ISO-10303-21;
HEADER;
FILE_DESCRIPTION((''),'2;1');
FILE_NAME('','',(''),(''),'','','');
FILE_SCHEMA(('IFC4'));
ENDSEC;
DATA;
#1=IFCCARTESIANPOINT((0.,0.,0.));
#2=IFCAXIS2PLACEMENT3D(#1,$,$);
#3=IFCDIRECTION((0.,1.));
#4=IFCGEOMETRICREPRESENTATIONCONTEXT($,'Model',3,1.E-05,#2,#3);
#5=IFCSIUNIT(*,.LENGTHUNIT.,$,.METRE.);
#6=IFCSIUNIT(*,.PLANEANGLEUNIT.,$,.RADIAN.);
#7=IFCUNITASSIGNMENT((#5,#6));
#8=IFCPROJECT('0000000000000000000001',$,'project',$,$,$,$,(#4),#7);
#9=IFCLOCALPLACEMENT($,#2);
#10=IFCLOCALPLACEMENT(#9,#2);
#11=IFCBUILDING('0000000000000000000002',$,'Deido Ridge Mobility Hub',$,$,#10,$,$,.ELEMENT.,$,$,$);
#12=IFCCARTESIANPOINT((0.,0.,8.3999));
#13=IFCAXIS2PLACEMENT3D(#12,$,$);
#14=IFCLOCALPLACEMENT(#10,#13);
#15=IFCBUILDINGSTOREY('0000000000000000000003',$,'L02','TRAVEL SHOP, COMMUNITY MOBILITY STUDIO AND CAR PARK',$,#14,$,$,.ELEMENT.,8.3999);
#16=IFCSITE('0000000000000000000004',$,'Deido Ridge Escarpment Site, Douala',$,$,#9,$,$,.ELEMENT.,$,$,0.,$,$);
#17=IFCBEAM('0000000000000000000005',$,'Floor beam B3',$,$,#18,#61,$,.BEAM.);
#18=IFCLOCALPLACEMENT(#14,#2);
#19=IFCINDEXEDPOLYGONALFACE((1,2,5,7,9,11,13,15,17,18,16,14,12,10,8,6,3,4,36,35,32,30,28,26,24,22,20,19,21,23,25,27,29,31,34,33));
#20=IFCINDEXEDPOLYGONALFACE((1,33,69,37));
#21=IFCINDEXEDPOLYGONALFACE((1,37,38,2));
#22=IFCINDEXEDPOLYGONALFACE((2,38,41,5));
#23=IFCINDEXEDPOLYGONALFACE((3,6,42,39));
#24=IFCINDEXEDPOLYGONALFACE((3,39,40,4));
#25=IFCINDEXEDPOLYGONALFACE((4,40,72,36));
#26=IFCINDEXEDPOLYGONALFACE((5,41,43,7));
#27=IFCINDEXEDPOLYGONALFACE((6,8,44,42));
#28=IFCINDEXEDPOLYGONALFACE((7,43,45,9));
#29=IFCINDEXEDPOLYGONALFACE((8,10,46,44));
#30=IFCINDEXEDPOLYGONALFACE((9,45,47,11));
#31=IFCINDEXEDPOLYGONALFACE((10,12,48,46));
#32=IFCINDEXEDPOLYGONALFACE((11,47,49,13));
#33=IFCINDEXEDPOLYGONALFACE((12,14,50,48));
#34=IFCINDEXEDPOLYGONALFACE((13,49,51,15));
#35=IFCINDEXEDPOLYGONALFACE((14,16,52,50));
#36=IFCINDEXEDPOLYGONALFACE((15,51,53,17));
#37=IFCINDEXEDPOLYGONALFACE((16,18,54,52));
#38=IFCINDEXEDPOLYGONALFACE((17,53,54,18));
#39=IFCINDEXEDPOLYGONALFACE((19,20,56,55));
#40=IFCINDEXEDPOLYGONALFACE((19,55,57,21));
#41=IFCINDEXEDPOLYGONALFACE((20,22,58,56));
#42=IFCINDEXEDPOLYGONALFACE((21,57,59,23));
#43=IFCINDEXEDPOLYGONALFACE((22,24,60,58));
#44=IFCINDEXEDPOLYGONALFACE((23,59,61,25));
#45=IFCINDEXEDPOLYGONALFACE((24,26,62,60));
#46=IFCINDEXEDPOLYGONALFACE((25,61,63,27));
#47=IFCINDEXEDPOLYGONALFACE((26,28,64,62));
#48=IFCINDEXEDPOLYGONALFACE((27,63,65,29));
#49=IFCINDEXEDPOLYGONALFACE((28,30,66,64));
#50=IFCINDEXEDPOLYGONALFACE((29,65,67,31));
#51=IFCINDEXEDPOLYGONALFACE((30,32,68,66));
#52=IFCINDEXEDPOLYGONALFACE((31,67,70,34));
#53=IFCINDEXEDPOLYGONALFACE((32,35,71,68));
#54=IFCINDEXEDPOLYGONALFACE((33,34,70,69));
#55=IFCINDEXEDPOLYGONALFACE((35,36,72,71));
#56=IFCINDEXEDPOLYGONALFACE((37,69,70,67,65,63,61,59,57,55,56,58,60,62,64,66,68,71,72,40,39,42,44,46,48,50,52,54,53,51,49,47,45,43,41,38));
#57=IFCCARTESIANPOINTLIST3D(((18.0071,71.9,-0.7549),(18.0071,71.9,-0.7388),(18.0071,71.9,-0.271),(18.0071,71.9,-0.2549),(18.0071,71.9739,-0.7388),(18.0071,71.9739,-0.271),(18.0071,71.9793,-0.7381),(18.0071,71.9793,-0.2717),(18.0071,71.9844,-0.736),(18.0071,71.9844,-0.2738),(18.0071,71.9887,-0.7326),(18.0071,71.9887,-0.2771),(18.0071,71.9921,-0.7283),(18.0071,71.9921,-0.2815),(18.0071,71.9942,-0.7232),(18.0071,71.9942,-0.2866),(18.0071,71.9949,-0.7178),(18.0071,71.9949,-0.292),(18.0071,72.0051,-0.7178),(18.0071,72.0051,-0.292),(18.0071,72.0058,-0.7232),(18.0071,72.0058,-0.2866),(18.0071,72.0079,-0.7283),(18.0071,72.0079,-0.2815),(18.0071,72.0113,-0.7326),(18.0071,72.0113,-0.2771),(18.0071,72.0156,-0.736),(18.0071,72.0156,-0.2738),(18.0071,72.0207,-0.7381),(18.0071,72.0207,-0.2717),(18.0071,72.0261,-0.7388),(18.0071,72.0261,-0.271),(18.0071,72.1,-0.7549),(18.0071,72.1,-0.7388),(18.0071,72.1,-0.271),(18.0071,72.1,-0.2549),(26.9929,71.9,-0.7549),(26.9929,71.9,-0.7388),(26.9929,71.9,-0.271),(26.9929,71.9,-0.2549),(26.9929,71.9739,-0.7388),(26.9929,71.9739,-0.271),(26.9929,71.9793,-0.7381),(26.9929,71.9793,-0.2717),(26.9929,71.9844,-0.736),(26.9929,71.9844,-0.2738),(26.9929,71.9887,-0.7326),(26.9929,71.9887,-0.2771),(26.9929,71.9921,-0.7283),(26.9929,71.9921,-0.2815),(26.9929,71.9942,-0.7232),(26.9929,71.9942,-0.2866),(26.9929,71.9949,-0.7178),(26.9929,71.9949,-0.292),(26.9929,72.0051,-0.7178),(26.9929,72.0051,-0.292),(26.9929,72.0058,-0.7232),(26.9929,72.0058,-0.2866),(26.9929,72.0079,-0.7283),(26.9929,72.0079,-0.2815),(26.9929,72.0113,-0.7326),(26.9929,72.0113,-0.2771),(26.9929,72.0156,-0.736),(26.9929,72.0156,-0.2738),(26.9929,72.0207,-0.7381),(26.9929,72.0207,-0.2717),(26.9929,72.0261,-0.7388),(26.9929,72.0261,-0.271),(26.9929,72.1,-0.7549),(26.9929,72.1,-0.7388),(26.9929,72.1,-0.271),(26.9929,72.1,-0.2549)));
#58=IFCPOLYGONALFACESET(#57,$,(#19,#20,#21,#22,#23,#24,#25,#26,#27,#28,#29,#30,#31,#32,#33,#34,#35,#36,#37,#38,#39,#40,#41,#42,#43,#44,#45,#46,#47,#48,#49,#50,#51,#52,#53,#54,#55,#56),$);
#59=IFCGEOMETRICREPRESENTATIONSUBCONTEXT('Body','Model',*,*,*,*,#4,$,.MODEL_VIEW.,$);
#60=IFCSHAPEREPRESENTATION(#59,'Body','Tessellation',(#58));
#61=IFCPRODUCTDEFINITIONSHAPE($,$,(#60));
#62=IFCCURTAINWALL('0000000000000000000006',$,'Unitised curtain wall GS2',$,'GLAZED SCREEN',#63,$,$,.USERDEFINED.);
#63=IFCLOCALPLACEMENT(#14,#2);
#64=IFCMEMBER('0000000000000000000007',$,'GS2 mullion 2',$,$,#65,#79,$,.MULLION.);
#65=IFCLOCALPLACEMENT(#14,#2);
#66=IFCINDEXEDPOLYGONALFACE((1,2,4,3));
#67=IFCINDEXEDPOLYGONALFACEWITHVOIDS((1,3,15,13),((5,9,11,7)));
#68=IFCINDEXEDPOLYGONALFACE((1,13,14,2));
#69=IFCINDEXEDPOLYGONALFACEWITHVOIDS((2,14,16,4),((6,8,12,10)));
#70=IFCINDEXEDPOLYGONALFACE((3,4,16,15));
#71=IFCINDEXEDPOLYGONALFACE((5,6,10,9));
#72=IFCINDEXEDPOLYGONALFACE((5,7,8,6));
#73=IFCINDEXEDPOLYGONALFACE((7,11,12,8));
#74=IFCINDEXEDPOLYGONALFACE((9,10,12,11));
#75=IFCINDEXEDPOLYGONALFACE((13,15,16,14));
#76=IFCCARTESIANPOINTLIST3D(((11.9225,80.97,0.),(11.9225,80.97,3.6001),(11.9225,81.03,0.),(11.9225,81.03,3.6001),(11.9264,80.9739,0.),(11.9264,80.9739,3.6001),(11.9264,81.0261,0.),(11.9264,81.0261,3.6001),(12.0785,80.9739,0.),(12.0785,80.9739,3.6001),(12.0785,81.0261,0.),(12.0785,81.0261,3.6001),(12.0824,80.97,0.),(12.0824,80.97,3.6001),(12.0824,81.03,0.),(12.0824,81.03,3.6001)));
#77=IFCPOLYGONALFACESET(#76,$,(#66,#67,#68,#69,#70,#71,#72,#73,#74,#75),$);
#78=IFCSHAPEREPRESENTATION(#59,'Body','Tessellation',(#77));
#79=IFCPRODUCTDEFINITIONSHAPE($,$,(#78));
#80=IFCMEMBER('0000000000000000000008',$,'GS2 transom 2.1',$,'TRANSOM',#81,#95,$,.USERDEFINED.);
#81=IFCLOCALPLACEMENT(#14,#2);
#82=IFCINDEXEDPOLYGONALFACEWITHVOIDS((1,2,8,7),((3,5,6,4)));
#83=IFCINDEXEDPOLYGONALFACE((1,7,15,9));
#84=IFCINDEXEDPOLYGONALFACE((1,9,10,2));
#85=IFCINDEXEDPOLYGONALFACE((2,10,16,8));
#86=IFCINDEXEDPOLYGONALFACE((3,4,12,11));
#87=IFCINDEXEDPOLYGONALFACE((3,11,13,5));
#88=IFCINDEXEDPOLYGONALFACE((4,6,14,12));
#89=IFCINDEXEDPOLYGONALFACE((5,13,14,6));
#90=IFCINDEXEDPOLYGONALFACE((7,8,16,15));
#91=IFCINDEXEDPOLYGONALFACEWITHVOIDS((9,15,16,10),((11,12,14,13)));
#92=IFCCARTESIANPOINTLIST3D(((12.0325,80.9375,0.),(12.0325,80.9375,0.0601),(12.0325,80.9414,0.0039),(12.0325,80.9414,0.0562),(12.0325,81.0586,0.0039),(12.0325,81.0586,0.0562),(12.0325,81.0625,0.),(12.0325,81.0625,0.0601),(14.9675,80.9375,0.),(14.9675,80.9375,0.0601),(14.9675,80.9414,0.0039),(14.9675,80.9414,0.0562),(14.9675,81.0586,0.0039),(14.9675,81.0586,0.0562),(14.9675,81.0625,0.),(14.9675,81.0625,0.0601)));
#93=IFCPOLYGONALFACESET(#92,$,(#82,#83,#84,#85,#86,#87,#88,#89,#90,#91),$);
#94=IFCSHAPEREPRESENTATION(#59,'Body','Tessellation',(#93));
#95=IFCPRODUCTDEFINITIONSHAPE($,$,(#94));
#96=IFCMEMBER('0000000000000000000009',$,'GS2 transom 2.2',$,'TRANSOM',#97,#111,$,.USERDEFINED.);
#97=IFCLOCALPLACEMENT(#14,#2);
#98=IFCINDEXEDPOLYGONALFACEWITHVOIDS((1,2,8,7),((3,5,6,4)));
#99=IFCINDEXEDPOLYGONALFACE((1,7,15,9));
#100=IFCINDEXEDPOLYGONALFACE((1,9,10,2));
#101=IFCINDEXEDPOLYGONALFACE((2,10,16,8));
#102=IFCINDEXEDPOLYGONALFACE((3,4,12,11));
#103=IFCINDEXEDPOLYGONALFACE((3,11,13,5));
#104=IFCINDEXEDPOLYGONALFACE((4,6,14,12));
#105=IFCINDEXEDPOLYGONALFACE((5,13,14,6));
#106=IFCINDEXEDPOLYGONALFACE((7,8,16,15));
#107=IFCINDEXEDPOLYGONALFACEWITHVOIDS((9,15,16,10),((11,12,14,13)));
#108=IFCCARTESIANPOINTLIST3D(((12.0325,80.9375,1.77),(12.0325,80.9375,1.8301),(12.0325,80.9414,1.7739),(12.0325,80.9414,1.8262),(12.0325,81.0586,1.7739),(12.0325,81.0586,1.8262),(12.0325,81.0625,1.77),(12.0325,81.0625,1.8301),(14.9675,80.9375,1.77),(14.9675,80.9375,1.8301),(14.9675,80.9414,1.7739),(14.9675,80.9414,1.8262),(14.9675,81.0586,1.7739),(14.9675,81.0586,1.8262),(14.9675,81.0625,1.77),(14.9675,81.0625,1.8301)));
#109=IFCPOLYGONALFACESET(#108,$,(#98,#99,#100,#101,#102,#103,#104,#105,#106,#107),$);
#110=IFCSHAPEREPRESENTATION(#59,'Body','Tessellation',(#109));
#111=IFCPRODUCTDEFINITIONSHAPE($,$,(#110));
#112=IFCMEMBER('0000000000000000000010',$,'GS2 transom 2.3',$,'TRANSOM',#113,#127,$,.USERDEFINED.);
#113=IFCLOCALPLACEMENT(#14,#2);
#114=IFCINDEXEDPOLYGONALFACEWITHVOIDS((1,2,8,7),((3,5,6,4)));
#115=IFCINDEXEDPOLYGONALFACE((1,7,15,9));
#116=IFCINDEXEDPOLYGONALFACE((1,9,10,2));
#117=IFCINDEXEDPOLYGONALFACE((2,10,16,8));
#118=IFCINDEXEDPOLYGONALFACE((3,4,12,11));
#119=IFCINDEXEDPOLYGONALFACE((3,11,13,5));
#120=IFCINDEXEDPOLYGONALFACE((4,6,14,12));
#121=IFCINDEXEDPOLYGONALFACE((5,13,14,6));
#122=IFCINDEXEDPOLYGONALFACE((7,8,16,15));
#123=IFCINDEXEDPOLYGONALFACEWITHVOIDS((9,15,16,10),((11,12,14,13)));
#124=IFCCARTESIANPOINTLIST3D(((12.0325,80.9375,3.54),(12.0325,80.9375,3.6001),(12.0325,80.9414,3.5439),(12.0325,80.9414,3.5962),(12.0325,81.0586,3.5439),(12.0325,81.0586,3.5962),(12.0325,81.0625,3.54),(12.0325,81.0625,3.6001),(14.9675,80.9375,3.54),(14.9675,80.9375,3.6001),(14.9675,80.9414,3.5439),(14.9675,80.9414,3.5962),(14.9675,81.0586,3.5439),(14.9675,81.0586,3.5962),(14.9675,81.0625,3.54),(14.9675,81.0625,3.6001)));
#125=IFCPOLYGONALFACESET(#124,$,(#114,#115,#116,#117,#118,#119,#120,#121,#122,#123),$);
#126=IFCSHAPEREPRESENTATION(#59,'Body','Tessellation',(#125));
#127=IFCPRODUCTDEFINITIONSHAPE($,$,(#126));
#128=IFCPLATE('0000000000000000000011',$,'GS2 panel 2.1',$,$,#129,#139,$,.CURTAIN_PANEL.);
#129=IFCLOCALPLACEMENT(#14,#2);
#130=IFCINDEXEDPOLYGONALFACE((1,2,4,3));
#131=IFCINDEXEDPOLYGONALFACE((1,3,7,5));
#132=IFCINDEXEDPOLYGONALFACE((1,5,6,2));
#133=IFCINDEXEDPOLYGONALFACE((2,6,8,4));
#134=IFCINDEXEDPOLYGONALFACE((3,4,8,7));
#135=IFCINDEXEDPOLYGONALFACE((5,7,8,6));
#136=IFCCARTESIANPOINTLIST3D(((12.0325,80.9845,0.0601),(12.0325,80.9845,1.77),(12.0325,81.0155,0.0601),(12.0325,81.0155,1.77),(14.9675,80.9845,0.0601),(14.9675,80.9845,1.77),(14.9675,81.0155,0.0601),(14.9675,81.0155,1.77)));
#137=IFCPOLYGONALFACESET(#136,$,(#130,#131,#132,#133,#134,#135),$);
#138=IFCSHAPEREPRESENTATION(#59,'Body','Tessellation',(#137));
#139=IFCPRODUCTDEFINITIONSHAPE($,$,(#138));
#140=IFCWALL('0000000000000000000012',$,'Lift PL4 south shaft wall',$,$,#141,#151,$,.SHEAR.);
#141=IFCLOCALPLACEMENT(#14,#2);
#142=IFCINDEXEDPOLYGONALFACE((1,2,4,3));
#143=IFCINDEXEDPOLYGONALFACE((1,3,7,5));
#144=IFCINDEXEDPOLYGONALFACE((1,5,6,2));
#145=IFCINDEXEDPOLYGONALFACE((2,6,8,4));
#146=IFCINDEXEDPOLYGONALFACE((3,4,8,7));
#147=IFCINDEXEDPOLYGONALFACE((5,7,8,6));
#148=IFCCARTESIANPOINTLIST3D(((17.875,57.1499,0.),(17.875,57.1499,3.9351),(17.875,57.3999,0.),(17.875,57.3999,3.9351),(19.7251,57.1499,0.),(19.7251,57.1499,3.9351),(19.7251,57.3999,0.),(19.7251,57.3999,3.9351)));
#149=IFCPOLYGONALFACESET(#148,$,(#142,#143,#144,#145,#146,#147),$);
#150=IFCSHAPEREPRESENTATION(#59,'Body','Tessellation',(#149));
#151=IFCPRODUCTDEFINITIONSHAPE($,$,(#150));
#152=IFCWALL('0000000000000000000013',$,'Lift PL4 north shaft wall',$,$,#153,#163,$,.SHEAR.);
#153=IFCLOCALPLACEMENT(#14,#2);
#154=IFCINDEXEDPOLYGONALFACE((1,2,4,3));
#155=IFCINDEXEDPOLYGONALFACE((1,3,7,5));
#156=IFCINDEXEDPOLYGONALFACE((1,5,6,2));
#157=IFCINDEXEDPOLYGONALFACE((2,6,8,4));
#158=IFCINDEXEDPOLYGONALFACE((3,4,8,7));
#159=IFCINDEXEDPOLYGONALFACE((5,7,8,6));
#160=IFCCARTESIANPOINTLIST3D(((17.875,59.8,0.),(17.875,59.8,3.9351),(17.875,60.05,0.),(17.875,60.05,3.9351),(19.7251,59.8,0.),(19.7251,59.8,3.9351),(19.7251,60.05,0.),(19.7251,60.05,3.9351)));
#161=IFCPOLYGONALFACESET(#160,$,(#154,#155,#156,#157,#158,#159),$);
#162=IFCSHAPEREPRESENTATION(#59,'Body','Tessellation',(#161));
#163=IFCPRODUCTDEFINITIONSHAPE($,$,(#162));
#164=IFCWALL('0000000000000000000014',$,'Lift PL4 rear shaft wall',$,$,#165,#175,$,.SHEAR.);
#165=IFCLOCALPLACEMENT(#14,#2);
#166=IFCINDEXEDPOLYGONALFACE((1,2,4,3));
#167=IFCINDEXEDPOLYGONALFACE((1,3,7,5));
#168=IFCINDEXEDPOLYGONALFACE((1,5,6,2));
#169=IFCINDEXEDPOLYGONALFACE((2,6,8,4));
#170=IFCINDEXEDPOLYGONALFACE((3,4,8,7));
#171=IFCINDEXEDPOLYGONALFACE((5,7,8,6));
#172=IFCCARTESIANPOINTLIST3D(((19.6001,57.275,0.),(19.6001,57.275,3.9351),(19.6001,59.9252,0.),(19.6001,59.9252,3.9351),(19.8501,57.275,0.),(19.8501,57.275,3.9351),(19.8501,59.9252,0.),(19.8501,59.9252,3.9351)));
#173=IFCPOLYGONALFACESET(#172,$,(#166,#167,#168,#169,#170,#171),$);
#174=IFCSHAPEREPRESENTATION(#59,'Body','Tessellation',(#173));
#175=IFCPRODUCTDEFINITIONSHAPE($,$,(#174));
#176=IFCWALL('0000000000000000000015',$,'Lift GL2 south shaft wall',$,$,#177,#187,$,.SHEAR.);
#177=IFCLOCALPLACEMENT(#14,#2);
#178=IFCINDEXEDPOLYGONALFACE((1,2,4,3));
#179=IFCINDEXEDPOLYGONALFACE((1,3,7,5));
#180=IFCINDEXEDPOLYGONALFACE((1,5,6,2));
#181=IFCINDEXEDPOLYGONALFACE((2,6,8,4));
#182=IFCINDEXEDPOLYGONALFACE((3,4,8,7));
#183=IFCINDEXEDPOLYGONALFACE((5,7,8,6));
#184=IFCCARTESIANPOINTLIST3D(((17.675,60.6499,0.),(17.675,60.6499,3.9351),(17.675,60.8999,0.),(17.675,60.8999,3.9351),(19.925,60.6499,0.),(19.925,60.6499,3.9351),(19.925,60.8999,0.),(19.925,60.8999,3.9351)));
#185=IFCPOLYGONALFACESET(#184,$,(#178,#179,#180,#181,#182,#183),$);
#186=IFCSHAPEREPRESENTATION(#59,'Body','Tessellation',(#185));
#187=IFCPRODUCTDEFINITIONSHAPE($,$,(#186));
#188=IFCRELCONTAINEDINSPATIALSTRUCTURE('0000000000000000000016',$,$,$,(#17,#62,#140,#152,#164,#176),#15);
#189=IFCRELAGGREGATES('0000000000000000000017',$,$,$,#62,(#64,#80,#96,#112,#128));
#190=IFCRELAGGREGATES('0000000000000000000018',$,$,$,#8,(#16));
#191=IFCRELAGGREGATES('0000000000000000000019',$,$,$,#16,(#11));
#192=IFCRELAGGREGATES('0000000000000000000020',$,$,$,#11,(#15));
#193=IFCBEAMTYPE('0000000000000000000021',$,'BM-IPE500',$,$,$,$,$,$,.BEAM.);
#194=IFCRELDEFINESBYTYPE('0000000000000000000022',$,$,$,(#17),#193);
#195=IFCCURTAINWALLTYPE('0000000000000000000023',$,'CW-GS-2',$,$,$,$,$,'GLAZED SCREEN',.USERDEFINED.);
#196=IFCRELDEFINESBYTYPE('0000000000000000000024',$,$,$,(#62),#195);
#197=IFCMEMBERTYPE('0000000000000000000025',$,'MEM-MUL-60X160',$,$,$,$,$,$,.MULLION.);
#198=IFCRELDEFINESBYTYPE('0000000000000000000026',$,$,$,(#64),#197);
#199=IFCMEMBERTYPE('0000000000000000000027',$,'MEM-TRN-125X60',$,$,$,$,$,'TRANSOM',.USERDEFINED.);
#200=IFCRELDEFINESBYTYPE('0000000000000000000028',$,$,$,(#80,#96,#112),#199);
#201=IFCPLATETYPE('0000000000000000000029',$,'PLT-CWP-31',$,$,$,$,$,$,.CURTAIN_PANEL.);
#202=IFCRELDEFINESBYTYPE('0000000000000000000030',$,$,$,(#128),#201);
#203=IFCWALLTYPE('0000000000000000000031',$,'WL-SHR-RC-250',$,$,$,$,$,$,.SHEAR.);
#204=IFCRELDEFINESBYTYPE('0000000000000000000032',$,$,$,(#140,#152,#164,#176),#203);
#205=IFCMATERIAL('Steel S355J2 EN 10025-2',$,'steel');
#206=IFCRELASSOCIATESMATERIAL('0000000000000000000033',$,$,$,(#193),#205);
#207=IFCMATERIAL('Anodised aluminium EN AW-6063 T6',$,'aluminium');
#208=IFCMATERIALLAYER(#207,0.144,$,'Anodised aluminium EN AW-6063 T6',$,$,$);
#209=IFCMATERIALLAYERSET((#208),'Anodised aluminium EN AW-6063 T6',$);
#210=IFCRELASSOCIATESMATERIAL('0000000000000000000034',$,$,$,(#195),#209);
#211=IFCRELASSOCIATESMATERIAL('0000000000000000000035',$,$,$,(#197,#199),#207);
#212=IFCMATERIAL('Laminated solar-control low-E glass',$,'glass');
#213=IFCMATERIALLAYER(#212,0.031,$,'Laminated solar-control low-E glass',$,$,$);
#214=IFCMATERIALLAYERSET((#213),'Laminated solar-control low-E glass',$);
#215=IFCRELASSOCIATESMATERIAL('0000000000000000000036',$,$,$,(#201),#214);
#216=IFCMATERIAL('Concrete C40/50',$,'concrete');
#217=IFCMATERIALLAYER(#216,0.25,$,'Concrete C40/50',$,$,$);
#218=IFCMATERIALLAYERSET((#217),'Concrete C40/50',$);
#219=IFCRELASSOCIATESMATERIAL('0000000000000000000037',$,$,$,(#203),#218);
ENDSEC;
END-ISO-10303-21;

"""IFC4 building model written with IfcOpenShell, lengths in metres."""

from ifc_helpers import new_model, si_unit, direction, frame, frame_2d, origin, origin_2d, place, context, subcontext, project, spatial, rectangle, hollow_rectangle, i_section, extrude, material, layer, layer_set, material_profile, profile_set, type_object, element, aggregate, save


model = new_model("IFC4")

# Units and contexts
model_context = context("Model", 3, precision=1e-05, world=origin(), true_north=direction((0.0, 1.0)))
body_context = subcontext(model_context, "Body", "Model", "MODEL_VIEW")
ifc_project = project(units=[si_unit("LENGTHUNIT", "METRE"), si_unit("PLANEANGLEUNIT", "RADIAN")], contexts=[model_context])

# Site, building, storey
site_placement = place(None, origin())
site = spatial("IfcSite", under=ifc_project, at=site_placement, Name="Deido Ridge Escarpment Site, Douala", CompositionType="ELEMENT", RefElevation=0.0)
building_placement = place(site_placement, origin())
building = spatial("IfcBuilding", under=site, at=building_placement, Name="Deido Ridge Mobility Hub", CompositionType="ELEMENT")
storey_placement = place(building_placement, frame((0.0, 0.0, 8.3999)))
storey = spatial("IfcBuildingStorey", under=building, at=storey_placement, Name="L02", Description="TRAVEL SHOP, COMMUNITY MOBILITY STUDIO AND CAR PARK", CompositionType="ELEMENT", Elevation=8.3999)

# Shared definitions
ifc_material_1 = material(Name="Steel S355J2 EN 10025-2", Category="steel")

# Beam
ifc_material_profile_1 = material_profile(ifc_material_1, i_section(OverallWidth=0.2, OverallDepth=0.5, WebThickness=0.0103, FlangeThickness=0.0161, FilletRadius=0.021, at=origin_2d()), Name="IPE 500")
ifc_profile_set_1 = profile_set([ifc_material_profile_1], Name="Steel S355J2 EN 10025-2")
beam_type_1 = type_object("IfcBeamType", Name="BM-IPE500", PredefinedType="BEAM", material=ifc_profile_set_1)
beam_1_placement = place(storey_placement, frame((18.0071, 72.0, -0.5049), z_axis=(1.0, 0.0, 0.0), x_axis=(0.0, 1.0, 0.0)))
element("IfcBeam", 1, at=beam_1_placement, inside=storey, type_object=beam_type_1, Name="Floor beam B3", PredefinedType="BEAM", context=body_context, shape_type="SweptSolid", body=[
    extrude(i_section(OverallWidth=0.2, OverallDepth=0.5, WebThickness=0.0103, FlangeThickness=0.0161, FilletRadius=0.021, at=origin_2d()), origin(), (0.0, 0.0, 1.0), 8.9858),
])

# Curtain wall, members, plate
ifc_material_2 = material(Name="Anodised aluminium EN AW-6063 T6", Category="aluminium")
ifc_layer_1 = layer(ifc_material_2, 0.144, Name="Anodised aluminium EN AW-6063 T6")
ifc_layer_set_1 = layer_set([ifc_layer_1], Name="Anodised aluminium EN AW-6063 T6")
curtain_wall_type = type_object("IfcCurtainWallType", Name="CW-GS-2", ElementType="GLAZED SCREEN", PredefinedType="USERDEFINED", material=ifc_layer_set_1)
curtain_wall_placement = place(storey_placement, origin())
curtain_wall = element("IfcCurtainWall", 2, at=curtain_wall_placement, inside=storey, type_object=curtain_wall_type, Name="Unitised curtain wall GS2", ObjectType="GLAZED SCREEN", PredefinedType="USERDEFINED")
ifc_material_profile_2 = material_profile(ifc_material_2, hollow_rectangle(XDim=0.0601, YDim=0.1599, WallThickness=0.0039, at=origin_2d()), Name="RHS 60x160x4")
ifc_profile_set_2 = profile_set([ifc_material_profile_2], Name="Anodised aluminium EN AW-6063 T6")
member_type_1 = type_object("IfcMemberType", Name="MEM-MUL-60X160", PredefinedType="MULLION", material=ifc_profile_set_2)
member_1_placement = place(storey_placement, frame((12.0024, 81.0, 0.0), z_axis=(0.0, 0.0, 1.0), x_axis=(0.0, 1.0, 0.0)))
member_1 = element("IfcMember", 3, at=member_1_placement, type_object=member_type_1, Name="GS2 mullion 2", PredefinedType="MULLION", context=body_context, shape_type="SweptSolid", body=[
    extrude(hollow_rectangle(XDim=0.0601, YDim=0.1599, WallThickness=0.0039, at=origin_2d()), origin(), (0.0, 0.0, 1.0), 3.6001),
])
ifc_material_profile_3 = material_profile(ifc_material_2, hollow_rectangle(XDim=0.125, YDim=0.0601, WallThickness=0.0039, at=origin_2d()), Name="RHS 125x60x4")
ifc_profile_set_3 = profile_set([ifc_material_profile_3], Name="Anodised aluminium EN AW-6063 T6")
member_type_2 = type_object("IfcMemberType", Name="MEM-TRN-125X60", ElementType="TRANSOM", PredefinedType="USERDEFINED", material=ifc_profile_set_3)
member_2_placement = place(storey_placement, frame((12.0325, 81.0, 0.03), z_axis=(1.0, 0.0, 0.0), x_axis=(0.0, 1.0, 0.0)))
member_2 = element("IfcMember", 4, at=member_2_placement, type_object=member_type_2, Name="GS2 transom 2.1", ObjectType="TRANSOM", PredefinedType="USERDEFINED", context=body_context, shape_type="SweptSolid", body=[
    extrude(hollow_rectangle(XDim=0.125, YDim=0.0601, WallThickness=0.0039, at=origin_2d()), origin(), (0.0, 0.0, 1.0), 2.9351),
])
member_3_placement = place(storey_placement, frame((12.0325, 81.0, 1.8), z_axis=(1.0, 0.0, 0.0), x_axis=(0.0, 1.0, 0.0)))
member_3 = element("IfcMember", 5, at=member_3_placement, type_object=member_type_2, Name="GS2 transom 2.2", ObjectType="TRANSOM", PredefinedType="USERDEFINED", context=body_context, shape_type="SweptSolid", body=[
    extrude(hollow_rectangle(XDim=0.125, YDim=0.0601, WallThickness=0.0039, at=origin_2d()), origin(), (0.0, 0.0, 1.0), 2.9351),
])
member_4_placement = place(storey_placement, frame((12.0325, 81.0, 3.5701), z_axis=(1.0, 0.0, 0.0), x_axis=(0.0, 1.0, 0.0)))
member_4 = element("IfcMember", 6, at=member_4_placement, type_object=member_type_2, Name="GS2 transom 2.3", ObjectType="TRANSOM", PredefinedType="USERDEFINED", context=body_context, shape_type="SweptSolid", body=[
    extrude(hollow_rectangle(XDim=0.125, YDim=0.0601, WallThickness=0.0039, at=origin_2d()), origin(), (0.0, 0.0, 1.0), 2.9351),
])
ifc_material_3 = material(Name="Laminated solar-control low-E glass", Category="glass")
ifc_layer_2 = layer(ifc_material_3, 0.031, Name="Laminated solar-control low-E glass")
ifc_layer_set_2 = layer_set([ifc_layer_2], Name="Laminated solar-control low-E glass")
plate_type = type_object("IfcPlateType", Name="PLT-CWP-31", PredefinedType="CURTAIN_PANEL", material=ifc_layer_set_2)
plate_placement = place(storey_placement, frame((13.5, 81.0, 0.0601), z_axis=(0.0, 0.0, 1.0), x_axis=(1.0, 0.0, 0.0)))
plate = element("IfcPlate", 7, at=plate_placement, type_object=plate_type, Name="GS2 panel 2.1", PredefinedType="CURTAIN_PANEL", context=body_context, shape_type="SweptSolid", body=[
    extrude(rectangle(XDim=2.9351, YDim=0.031, at=origin_2d()), origin(), (0.0, 0.0, 1.0), 1.71),
])
aggregate(curtain_wall, [member_1, member_2, member_3, member_4, plate])

# Walls
ifc_material_4 = material(Name="Concrete C40/50", Category="concrete")
ifc_layer_3 = layer(ifc_material_4, 0.25, Name="Concrete C40/50")
ifc_layer_set_3 = layer_set([ifc_layer_3], Name="Concrete C40/50")
wall_type = type_object("IfcWallType", Name="WL-SHR-RC-250", PredefinedType="SHEAR", material=ifc_layer_set_3)
for number, where, z_axis, x_axis, name in (
    (8, (17.875, 57.2749, 0.0), (0.0, 0.0, 1.0), (1.0, 0.0, 0.0), "Lift PL4 south shaft wall"),
    (9, (17.875, 59.925, 0.0), (0.0, 0.0, 1.0), (1.0, 0.0, 0.0), "Lift PL4 north shaft wall"),
):
    element("IfcWall", number, at=place(storey_placement, frame(where, z_axis=z_axis, x_axis=x_axis)), inside=storey, type_object=wall_type, Name=name, PredefinedType="SHEAR", context=body_context, shape_type="SweptSolid", body=[
        extrude(rectangle(XDim=1.8501, YDim=0.25, at=frame_2d((0.925, 0.0))), origin(), (0.0, 0.0, 1.0), 3.9351),
    ])
wall_1_placement = place(storey_placement, frame((19.7251, 57.2749, 0.0), z_axis=(0.0, 0.0, 1.0), x_axis=(0.0, 1.0, 0.0)))
element("IfcWall", 10, at=wall_1_placement, inside=storey, type_object=wall_type, Name="Lift PL4 rear shaft wall", PredefinedType="SHEAR", context=body_context, shape_type="SweptSolid", body=[
    extrude(rectangle(XDim=2.6501, YDim=0.25, at=frame_2d((1.3252, 0.0))), origin(), (0.0, 0.0, 1.0), 3.9351),
])

# Wall
for number, where, z_axis, x_axis, name in (
    (11, (17.675, 60.7749, 0.0), (0.0, 0.0, 1.0), (1.0, 0.0, 0.0), "Lift GL2 south shaft wall"),
):
    element("IfcWall", number, at=place(storey_placement, frame(where, z_axis=z_axis, x_axis=x_axis)), inside=storey, type_object=wall_type, Name=name, PredefinedType="SHEAR", context=body_context, shape_type="SweptSolid", body=[
        extrude(rectangle(XDim=2.25, YDim=0.25, at=frame_2d((1.125, 0.0))), origin(), (0.0, 0.0, 1.0), 3.9351),
    ])

save(model, "model.ifc")
